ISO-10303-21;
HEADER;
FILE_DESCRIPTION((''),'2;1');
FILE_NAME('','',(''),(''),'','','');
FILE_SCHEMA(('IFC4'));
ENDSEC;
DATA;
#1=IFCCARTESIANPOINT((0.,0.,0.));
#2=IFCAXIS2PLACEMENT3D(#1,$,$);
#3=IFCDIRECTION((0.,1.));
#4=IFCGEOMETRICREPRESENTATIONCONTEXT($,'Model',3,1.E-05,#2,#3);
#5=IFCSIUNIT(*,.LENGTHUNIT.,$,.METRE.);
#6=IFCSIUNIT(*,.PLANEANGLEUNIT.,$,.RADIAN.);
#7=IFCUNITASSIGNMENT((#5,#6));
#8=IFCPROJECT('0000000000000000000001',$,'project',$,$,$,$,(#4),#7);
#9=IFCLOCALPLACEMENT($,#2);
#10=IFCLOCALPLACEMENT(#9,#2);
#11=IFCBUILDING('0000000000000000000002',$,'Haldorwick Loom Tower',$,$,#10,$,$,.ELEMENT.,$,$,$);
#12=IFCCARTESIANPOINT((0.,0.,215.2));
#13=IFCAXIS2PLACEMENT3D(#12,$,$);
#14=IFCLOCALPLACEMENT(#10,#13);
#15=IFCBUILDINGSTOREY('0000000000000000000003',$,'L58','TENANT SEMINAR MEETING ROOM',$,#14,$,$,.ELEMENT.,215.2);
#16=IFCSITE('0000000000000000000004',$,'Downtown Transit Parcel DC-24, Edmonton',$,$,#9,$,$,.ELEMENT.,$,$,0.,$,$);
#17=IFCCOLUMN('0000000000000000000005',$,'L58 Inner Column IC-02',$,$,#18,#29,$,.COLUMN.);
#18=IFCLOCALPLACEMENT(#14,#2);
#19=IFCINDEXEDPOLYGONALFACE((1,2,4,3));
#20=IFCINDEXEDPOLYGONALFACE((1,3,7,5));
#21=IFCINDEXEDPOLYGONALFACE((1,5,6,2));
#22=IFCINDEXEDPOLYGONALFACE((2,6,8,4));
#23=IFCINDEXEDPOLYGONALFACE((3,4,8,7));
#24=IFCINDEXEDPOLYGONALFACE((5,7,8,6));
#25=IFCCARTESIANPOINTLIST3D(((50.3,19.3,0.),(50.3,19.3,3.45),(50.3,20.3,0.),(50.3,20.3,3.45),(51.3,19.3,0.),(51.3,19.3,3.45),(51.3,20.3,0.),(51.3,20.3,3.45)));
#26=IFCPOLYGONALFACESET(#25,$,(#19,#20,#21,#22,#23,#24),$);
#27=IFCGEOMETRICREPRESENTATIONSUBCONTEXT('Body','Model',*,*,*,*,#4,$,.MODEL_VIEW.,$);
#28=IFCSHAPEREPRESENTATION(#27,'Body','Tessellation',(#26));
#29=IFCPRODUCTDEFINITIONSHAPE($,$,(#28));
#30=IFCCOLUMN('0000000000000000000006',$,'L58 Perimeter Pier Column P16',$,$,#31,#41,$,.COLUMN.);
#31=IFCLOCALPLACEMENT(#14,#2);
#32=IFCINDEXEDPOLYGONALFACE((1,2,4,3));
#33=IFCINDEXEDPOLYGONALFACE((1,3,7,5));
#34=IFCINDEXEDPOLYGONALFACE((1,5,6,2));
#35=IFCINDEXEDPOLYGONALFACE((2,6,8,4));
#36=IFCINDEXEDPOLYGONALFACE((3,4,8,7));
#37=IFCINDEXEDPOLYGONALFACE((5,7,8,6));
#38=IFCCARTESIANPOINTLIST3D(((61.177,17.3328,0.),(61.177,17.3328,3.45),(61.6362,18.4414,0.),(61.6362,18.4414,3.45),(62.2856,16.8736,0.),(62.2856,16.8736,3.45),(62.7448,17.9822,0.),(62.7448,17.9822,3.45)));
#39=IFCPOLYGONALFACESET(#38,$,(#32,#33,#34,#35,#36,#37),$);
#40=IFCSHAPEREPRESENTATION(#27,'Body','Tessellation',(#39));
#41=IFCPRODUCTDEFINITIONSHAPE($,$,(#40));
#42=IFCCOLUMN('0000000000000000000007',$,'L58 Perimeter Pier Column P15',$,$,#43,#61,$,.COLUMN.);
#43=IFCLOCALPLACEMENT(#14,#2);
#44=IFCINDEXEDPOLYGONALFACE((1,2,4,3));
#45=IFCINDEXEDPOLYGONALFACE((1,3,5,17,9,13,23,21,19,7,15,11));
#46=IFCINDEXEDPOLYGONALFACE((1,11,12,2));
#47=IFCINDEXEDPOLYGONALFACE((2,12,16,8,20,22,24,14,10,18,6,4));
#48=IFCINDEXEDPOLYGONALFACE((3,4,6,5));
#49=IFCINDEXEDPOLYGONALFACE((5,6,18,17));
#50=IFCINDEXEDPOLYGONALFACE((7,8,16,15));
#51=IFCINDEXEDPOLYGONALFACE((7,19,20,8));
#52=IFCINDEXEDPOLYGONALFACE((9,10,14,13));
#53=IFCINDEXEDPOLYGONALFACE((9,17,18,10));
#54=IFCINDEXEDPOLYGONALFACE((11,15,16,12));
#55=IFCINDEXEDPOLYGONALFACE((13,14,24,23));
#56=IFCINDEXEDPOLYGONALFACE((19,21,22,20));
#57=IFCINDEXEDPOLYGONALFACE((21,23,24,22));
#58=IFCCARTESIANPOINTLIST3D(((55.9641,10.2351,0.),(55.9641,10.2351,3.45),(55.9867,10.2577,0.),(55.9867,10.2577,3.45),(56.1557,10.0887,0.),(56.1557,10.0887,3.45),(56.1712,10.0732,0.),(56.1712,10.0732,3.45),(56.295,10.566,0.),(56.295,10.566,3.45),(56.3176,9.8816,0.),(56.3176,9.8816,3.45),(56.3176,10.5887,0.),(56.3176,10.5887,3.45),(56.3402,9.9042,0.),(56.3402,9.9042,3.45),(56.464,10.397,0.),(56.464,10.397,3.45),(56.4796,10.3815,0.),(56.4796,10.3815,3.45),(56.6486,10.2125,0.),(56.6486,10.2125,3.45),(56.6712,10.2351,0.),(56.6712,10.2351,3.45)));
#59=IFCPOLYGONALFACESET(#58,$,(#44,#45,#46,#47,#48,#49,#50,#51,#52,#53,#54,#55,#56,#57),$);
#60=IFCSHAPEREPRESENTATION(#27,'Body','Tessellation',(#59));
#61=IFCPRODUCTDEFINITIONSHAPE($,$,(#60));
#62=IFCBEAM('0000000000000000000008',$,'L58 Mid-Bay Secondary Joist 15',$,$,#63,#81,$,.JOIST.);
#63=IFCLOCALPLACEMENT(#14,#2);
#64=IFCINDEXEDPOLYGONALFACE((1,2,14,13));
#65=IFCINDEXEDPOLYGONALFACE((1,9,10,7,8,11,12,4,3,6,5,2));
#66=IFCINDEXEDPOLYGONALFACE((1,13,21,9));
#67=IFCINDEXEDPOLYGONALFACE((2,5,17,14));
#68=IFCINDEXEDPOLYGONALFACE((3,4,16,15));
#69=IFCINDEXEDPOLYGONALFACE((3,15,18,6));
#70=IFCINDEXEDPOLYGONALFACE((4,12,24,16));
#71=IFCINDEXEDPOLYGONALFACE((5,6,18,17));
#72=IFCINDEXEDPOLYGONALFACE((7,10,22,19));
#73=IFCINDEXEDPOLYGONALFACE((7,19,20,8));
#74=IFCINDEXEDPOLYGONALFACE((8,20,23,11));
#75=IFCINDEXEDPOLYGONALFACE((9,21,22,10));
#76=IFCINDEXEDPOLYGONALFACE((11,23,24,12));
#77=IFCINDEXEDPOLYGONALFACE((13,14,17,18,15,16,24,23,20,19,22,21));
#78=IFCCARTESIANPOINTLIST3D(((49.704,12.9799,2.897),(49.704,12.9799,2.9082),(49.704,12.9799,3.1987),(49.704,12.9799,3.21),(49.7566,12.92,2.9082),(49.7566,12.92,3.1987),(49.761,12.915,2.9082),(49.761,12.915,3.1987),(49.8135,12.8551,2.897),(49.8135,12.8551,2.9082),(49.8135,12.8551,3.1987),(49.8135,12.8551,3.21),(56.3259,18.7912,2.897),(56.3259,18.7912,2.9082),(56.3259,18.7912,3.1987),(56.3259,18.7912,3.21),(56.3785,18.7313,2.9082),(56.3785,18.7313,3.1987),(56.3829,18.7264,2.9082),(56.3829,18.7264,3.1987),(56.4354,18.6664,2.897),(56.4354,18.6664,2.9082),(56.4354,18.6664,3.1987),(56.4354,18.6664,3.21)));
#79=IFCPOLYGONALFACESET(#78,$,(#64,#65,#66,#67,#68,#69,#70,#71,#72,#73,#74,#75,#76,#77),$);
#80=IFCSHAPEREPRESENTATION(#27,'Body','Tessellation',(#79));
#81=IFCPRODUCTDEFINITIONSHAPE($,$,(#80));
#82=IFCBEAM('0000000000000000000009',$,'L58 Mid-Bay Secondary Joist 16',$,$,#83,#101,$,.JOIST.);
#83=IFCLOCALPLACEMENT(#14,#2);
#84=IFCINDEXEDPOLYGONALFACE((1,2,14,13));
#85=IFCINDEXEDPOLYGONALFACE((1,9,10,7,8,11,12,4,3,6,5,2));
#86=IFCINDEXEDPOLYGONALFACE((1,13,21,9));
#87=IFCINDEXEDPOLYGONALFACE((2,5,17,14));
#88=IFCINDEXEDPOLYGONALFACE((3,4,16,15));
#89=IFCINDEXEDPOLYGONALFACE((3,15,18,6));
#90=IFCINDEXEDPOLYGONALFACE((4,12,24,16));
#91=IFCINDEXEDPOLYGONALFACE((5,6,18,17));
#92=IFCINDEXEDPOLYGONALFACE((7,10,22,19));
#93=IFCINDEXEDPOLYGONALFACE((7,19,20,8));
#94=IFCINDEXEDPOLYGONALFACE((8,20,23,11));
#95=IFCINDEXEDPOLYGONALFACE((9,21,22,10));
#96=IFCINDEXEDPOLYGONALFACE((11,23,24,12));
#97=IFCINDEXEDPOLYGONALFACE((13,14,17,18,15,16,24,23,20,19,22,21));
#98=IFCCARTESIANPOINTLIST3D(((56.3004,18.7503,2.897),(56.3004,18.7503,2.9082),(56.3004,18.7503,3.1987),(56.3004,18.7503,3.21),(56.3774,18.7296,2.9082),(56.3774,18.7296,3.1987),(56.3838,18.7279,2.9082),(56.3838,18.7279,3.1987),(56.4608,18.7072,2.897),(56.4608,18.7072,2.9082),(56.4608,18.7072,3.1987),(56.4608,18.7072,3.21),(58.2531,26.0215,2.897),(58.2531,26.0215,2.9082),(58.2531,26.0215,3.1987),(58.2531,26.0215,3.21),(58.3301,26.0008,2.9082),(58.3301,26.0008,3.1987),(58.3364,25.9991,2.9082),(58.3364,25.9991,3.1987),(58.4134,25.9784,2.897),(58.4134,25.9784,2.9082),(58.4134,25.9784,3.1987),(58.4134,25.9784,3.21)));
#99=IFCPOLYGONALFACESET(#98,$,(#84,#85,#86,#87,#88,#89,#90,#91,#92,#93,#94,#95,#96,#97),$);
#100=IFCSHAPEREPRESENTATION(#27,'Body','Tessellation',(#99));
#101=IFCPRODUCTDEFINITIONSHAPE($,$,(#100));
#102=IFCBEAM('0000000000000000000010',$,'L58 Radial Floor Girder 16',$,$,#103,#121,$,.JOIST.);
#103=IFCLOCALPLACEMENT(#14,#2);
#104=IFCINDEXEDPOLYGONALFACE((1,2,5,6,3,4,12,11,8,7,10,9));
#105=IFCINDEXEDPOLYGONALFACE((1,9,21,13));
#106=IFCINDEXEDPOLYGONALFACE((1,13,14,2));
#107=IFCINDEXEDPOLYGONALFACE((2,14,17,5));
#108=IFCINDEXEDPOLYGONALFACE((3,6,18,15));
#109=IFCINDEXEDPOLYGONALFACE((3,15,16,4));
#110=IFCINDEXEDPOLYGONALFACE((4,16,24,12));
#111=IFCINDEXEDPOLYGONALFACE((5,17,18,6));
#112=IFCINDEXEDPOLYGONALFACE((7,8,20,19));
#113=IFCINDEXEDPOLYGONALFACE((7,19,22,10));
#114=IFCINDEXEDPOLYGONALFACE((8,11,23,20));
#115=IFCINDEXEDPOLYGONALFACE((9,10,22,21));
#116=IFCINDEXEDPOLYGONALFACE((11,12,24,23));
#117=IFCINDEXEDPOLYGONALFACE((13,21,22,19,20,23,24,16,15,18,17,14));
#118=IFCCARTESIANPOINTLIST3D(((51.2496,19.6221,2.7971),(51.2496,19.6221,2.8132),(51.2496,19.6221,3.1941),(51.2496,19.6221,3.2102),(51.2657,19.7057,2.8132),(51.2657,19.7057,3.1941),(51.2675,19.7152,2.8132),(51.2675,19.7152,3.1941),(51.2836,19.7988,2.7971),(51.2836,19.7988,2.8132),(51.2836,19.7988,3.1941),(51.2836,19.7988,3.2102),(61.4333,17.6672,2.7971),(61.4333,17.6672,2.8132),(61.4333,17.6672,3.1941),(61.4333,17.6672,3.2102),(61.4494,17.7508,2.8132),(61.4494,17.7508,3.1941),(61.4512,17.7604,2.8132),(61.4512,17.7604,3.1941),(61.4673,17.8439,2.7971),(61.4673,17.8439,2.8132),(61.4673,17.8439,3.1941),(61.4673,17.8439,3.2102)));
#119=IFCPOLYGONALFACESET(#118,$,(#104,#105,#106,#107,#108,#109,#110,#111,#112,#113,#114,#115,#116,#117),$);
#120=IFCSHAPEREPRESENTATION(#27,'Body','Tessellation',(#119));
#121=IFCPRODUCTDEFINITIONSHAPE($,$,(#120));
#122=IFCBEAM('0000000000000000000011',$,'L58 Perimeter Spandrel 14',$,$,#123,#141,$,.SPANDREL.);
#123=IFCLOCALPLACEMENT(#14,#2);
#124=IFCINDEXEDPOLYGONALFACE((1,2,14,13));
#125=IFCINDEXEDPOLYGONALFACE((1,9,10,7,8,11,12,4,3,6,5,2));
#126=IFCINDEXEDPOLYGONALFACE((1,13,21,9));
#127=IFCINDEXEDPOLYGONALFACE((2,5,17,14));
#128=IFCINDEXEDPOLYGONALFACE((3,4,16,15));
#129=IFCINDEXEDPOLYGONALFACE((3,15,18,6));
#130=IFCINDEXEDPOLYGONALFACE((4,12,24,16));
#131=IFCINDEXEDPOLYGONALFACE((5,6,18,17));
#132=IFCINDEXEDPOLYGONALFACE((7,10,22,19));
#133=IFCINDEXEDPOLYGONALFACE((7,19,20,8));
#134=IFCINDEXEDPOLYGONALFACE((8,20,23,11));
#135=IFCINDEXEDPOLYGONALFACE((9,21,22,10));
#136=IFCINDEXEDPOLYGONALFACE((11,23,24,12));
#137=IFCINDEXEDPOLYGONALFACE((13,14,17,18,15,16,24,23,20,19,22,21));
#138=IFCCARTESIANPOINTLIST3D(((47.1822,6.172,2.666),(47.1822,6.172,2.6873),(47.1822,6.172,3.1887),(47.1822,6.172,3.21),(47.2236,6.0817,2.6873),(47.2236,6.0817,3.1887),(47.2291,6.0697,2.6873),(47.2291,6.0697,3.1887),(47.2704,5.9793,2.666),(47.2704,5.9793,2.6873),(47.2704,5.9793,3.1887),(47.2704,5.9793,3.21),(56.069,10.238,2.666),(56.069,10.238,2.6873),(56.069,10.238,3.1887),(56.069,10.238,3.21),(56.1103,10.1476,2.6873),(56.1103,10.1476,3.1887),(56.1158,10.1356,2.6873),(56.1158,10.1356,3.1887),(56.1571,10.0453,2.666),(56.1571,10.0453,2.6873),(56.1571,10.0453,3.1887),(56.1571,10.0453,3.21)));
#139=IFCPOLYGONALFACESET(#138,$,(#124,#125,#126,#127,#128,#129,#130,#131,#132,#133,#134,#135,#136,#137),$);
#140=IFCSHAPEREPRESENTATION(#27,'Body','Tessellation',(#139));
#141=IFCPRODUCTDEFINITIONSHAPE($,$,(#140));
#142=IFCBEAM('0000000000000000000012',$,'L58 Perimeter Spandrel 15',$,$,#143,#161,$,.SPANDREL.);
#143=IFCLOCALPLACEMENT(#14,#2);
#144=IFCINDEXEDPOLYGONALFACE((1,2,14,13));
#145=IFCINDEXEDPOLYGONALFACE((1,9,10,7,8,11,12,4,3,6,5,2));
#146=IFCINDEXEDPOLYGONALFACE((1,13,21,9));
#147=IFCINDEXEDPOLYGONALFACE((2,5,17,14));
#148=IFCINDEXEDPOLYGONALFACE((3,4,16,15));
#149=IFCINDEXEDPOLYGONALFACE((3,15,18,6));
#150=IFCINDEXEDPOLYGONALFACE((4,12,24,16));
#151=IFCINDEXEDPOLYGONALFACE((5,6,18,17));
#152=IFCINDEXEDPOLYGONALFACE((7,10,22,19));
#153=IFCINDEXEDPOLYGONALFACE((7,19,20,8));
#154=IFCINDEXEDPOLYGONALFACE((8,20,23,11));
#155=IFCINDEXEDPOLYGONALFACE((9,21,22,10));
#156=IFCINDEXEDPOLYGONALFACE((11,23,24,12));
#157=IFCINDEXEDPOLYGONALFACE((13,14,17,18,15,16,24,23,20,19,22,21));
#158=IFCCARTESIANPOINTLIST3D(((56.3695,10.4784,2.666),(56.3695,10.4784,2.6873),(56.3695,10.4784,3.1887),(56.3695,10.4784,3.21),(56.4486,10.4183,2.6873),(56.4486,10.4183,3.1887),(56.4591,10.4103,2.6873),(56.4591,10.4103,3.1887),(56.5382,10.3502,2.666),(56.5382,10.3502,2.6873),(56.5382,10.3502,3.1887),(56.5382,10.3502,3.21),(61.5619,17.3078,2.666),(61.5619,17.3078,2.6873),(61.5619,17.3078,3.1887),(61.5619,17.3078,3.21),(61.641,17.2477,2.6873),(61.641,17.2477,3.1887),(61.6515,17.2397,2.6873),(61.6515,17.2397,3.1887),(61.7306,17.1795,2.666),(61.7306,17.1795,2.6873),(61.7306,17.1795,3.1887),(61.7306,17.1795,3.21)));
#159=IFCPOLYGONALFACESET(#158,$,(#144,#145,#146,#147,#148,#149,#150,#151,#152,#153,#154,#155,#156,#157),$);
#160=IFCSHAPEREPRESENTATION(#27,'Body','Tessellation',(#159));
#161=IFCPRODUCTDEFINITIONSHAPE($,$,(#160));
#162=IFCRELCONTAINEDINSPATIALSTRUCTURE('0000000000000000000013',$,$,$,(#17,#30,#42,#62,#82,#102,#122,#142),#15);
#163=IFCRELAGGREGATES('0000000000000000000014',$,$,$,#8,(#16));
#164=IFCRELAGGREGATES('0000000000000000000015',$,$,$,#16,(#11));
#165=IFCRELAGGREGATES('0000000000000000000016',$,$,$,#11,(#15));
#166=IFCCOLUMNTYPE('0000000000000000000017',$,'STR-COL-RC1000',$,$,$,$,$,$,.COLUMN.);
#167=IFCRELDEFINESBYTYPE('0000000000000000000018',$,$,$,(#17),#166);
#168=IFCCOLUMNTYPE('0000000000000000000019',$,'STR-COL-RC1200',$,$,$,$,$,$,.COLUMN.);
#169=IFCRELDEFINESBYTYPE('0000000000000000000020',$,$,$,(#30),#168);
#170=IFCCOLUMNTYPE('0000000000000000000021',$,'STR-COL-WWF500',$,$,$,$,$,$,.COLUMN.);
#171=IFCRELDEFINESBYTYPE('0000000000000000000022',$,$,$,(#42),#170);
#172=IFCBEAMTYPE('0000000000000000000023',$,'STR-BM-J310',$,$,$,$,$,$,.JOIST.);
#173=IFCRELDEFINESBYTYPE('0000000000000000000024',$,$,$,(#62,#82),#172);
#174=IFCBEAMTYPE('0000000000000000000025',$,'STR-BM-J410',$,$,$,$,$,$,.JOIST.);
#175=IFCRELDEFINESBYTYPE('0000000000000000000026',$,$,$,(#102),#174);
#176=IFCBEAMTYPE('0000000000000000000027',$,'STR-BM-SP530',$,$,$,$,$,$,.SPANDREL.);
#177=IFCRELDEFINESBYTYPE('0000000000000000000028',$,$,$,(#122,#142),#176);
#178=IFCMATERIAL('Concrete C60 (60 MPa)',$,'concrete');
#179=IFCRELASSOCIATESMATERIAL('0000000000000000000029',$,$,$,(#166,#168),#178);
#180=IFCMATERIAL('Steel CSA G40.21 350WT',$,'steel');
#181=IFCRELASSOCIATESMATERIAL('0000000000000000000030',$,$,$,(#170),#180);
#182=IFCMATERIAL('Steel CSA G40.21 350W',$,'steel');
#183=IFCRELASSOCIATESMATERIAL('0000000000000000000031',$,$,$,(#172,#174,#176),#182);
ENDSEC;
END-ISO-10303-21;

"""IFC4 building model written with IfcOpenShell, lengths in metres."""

from ifc_helpers import new_model, si_unit, direction, frame, origin, origin_2d, place, context, subcontext, project, spatial, rectangle, i_section, extrude, material, material_profile, profile_set, type_object, element, save


model = new_model("IFC4")

# Units and contexts
model_context = context("Model", 3, precision=1e-05, world=origin(), true_north=direction((0.0, 1.0)))
body_context = subcontext(model_context, "Body", "Model", "MODEL_VIEW")
ifc_project = project(units=[si_unit("LENGTHUNIT", "METRE"), si_unit("PLANEANGLEUNIT", "RADIAN")], contexts=[model_context])

# Site, building, storey
site_placement = place(None, origin())
site = spatial("IfcSite", under=ifc_project, at=site_placement, Name="Downtown Transit Parcel DC-24, Edmonton", CompositionType="ELEMENT", RefElevation=0.0)
building_placement = place(site_placement, origin())
building = spatial("IfcBuilding", under=site, at=building_placement, Name="Haldorwick Loom Tower", CompositionType="ELEMENT")
storey_placement = place(building_placement, frame((0.0, 0.0, 215.2)))
storey = spatial("IfcBuildingStorey", under=building, at=storey_placement, Name="L58", Description="TENANT SEMINAR MEETING ROOM", CompositionType="ELEMENT", Elevation=215.2)

# Columns
ifc_material_1 = material(Name="Concrete C60 (60 MPa)", Category="concrete")
ifc_material_profile_1 = material_profile(ifc_material_1, rectangle(XDim=1.0, YDim=1.0, at=origin_2d()), Name="RC1000X1000", Category="concrete")
ifc_profile_set_1 = profile_set([ifc_material_profile_1], Name="Concrete C60 (60 MPa)")
column_type_1 = type_object("IfcColumnType", Name="STR-COL-RC1000", PredefinedType="COLUMN", material=ifc_profile_set_1)
column_1_placement = place(storey_placement, frame((50.8, 19.8, 0.0), z_axis=(0.0, 0.0, 1.0), x_axis=(1.0, 0.0, 0.0)))
element("IfcColumn", 1, at=column_1_placement, inside=storey, type_object=column_type_1, Name="L58 Inner Column IC-02", PredefinedType="COLUMN", context=body_context, shape_type="SweptSolid", body=[
    extrude(rectangle(XDim=1.0, YDim=1.0, at=origin_2d()), origin(), (0.0, 0.0, 1.0), 3.45),
])
ifc_material_profile_2 = material_profile(ifc_material_1, rectangle(XDim=1.2, YDim=1.2, at=origin_2d()), Name="RC1200X1200", Category="concrete")
ifc_profile_set_2 = profile_set([ifc_material_profile_2], Name="Concrete C60 (60 MPa)")
column_type_2 = type_object("IfcColumnType", Name="STR-COL-RC1200", PredefinedType="COLUMN", material=ifc_profile_set_2)
column_2_placement = place(storey_placement, frame((61.9609, 17.6575, 0.0), z_axis=(0.0, 0.0, 1.0), x_axis=(0.92388, -0.382683, 0.0)))
element("IfcColumn", 2, at=column_2_placement, inside=storey, type_object=column_type_2, Name="L58 Perimeter Pier Column P16", PredefinedType="COLUMN", context=body_context, shape_type="SweptSolid", body=[
    extrude(rectangle(XDim=1.2, YDim=1.2, at=origin_2d()), origin(), (0.0, 0.0, 1.0), 3.45),
])
ifc_material_2 = material(Name="Steel CSA G40.21 350WT", Category="steel")
ifc_material_profile_3 = material_profile(ifc_material_2, i_section(OverallWidth=0.5, OverallDepth=0.5, WebThickness=0.022, FlangeThickness=0.032, at=origin_2d()), Name="WWF500X500", Category="steel")
ifc_profile_set_3 = profile_set([ifc_material_profile_3], Name="Steel CSA G40.21 350WT")
column_type_3 = type_object("IfcColumnType", Name="STR-COL-WWF500", PredefinedType="COLUMN", material=ifc_profile_set_3)
column_3_placement = place(storey_placement, frame((56.3176, 10.2351, 0.0), z_axis=(0.0, 0.0, 1.0), x_axis=(0.707107, -0.707107, 0.0)))
element("IfcColumn", 3, at=column_3_placement, inside=storey, type_object=column_type_3, Name="L58 Perimeter Pier Column P15", PredefinedType="COLUMN", context=body_context, shape_type="SweptSolid", body=[
    extrude(i_section(OverallWidth=0.5, OverallDepth=0.5, WebThickness=0.022, FlangeThickness=0.032, at=origin_2d()), origin(), (0.0, 0.0, 1.0), 3.45),
])

# Beams
ifc_material_3 = material(Name="Steel CSA G40.21 350W", Category="steel")
ifc_material_profile_4 = material_profile(ifc_material_3, i_section(OverallWidth=0.166, OverallDepth=0.313, WebThickness=0.0066, FlangeThickness=0.0112, at=origin_2d()), Name="W310X45", Category="steel")
ifc_profile_set_4 = profile_set([ifc_material_profile_4], Name="Steel CSA G40.21 350W")
beam_type_1 = type_object("IfcBeamType", Name="STR-BM-J310", PredefinedType="JOIST", material=ifc_profile_set_4)
beam_1_placement = place(storey_placement, frame((49.7588, 12.9175, 3.0535), z_axis=(0.751609, 0.659608, 0.0), x_axis=(-0.659608, 0.751609, 0.0)))
element("IfcBeam", 4, at=beam_1_placement, inside=storey, type_object=beam_type_1, Name="L58 Mid-Bay Secondary Joist 15", PredefinedType="JOIST", context=body_context, shape_type="SweptSolid", body=[
    extrude(i_section(OverallWidth=0.166, OverallDepth=0.313, WebThickness=0.0066, FlangeThickness=0.0112, at=origin_2d()), origin(), (0.0, 0.0, 1.0), 8.8103),
])
beam_2_placement = place(storey_placement, frame((56.3806, 18.7288, 3.0535), z_axis=(0.259354, 0.965782, 0.0), x_axis=(-0.965782, 0.259354, 0.0)))
element("IfcBeam", 5, at=beam_2_placement, inside=storey, type_object=beam_type_1, Name="L58 Mid-Bay Secondary Joist 16", PredefinedType="JOIST", context=body_context, shape_type="SweptSolid", body=[
    extrude(i_section(OverallWidth=0.166, OverallDepth=0.313, WebThickness=0.0066, FlangeThickness=0.0112, at=origin_2d()), origin(), (0.0, 0.0, 1.0), 7.5288),
])
ifc_material_profile_5 = material_profile(ifc_material_3, i_section(OverallWidth=0.1799, OverallDepth=0.4131, WebThickness=0.0098, FlangeThickness=0.0161, at=origin_2d()), Name="W410X74", Category="steel")
ifc_profile_set_5 = profile_set([ifc_material_profile_5], Name="Steel CSA G40.21 350W")
beam_type_2 = type_object("IfcBeamType", Name="STR-BM-J410", PredefinedType="JOIST", material=ifc_profile_set_5)
beam_3_placement = place(storey_placement, frame((51.2666, 19.7104, 3.0037), z_axis=(0.98207, -0.188517, 0.0), x_axis=(0.188517, 0.98207, 0.0)))
element("IfcBeam", 6, at=beam_3_placement, inside=storey, type_object=beam_type_2, Name="L58 Radial Floor Girder 16", PredefinedType="JOIST", context=body_context, shape_type="SweptSolid", body=[
    extrude(i_section(OverallWidth=0.1799, OverallDepth=0.4131, WebThickness=0.0098, FlangeThickness=0.0161, at=origin_2d()), origin(), (0.0, 0.0, 1.0), 10.3696),
])
ifc_material_profile_6 = material_profile(ifc_material_3, i_section(OverallWidth=0.2119, OverallDepth=0.5439, WebThickness=0.0132, FlangeThickness=0.0212, at=origin_2d()), Name="W530X123", Category="steel")
ifc_profile_set_6 = profile_set([ifc_material_profile_6], Name="Steel CSA G40.21 350W")
beam_type_3 = type_object("IfcBeamType", Name="STR-BM-SP530", PredefinedType="SPANDREL", material=ifc_profile_set_6)
beam_4_placement = place(storey_placement, frame((47.2263, 6.0757, 2.938), z_axis=(0.909342, 0.416049, 0.0), x_axis=(-0.416049, 0.909342, 0.0)))
element("IfcBeam", 7, at=beam_4_placement, inside=storey, type_object=beam_type_3, Name="L58 Perimeter Spandrel 14", PredefinedType="SPANDREL", context=body_context, shape_type="SweptSolid", body=[
    extrude(i_section(OverallWidth=0.2119, OverallDepth=0.5439, WebThickness=0.0132, FlangeThickness=0.0212, at=origin_2d()), origin(), (0.0, 0.0, 1.0), 9.7727),
])
beam_5_placement = place(storey_placement, frame((56.4539, 10.4143, 2.938), z_axis=(0.605237, 0.796045, 0.0), x_axis=(-0.796045, 0.605237, 0.0)))
element("IfcBeam", 8, at=beam_5_placement, inside=storey, type_object=beam_type_3, Name="L58 Perimeter Spandrel 15", PredefinedType="SPANDREL", context=body_context, shape_type="SweptSolid", body=[
    extrude(i_section(OverallWidth=0.2119, OverallDepth=0.5439, WebThickness=0.0132, FlangeThickness=0.0212, at=origin_2d()), origin(), (0.0, 0.0, 1.0), 8.5791),
])

save(model, "model.ifc")
